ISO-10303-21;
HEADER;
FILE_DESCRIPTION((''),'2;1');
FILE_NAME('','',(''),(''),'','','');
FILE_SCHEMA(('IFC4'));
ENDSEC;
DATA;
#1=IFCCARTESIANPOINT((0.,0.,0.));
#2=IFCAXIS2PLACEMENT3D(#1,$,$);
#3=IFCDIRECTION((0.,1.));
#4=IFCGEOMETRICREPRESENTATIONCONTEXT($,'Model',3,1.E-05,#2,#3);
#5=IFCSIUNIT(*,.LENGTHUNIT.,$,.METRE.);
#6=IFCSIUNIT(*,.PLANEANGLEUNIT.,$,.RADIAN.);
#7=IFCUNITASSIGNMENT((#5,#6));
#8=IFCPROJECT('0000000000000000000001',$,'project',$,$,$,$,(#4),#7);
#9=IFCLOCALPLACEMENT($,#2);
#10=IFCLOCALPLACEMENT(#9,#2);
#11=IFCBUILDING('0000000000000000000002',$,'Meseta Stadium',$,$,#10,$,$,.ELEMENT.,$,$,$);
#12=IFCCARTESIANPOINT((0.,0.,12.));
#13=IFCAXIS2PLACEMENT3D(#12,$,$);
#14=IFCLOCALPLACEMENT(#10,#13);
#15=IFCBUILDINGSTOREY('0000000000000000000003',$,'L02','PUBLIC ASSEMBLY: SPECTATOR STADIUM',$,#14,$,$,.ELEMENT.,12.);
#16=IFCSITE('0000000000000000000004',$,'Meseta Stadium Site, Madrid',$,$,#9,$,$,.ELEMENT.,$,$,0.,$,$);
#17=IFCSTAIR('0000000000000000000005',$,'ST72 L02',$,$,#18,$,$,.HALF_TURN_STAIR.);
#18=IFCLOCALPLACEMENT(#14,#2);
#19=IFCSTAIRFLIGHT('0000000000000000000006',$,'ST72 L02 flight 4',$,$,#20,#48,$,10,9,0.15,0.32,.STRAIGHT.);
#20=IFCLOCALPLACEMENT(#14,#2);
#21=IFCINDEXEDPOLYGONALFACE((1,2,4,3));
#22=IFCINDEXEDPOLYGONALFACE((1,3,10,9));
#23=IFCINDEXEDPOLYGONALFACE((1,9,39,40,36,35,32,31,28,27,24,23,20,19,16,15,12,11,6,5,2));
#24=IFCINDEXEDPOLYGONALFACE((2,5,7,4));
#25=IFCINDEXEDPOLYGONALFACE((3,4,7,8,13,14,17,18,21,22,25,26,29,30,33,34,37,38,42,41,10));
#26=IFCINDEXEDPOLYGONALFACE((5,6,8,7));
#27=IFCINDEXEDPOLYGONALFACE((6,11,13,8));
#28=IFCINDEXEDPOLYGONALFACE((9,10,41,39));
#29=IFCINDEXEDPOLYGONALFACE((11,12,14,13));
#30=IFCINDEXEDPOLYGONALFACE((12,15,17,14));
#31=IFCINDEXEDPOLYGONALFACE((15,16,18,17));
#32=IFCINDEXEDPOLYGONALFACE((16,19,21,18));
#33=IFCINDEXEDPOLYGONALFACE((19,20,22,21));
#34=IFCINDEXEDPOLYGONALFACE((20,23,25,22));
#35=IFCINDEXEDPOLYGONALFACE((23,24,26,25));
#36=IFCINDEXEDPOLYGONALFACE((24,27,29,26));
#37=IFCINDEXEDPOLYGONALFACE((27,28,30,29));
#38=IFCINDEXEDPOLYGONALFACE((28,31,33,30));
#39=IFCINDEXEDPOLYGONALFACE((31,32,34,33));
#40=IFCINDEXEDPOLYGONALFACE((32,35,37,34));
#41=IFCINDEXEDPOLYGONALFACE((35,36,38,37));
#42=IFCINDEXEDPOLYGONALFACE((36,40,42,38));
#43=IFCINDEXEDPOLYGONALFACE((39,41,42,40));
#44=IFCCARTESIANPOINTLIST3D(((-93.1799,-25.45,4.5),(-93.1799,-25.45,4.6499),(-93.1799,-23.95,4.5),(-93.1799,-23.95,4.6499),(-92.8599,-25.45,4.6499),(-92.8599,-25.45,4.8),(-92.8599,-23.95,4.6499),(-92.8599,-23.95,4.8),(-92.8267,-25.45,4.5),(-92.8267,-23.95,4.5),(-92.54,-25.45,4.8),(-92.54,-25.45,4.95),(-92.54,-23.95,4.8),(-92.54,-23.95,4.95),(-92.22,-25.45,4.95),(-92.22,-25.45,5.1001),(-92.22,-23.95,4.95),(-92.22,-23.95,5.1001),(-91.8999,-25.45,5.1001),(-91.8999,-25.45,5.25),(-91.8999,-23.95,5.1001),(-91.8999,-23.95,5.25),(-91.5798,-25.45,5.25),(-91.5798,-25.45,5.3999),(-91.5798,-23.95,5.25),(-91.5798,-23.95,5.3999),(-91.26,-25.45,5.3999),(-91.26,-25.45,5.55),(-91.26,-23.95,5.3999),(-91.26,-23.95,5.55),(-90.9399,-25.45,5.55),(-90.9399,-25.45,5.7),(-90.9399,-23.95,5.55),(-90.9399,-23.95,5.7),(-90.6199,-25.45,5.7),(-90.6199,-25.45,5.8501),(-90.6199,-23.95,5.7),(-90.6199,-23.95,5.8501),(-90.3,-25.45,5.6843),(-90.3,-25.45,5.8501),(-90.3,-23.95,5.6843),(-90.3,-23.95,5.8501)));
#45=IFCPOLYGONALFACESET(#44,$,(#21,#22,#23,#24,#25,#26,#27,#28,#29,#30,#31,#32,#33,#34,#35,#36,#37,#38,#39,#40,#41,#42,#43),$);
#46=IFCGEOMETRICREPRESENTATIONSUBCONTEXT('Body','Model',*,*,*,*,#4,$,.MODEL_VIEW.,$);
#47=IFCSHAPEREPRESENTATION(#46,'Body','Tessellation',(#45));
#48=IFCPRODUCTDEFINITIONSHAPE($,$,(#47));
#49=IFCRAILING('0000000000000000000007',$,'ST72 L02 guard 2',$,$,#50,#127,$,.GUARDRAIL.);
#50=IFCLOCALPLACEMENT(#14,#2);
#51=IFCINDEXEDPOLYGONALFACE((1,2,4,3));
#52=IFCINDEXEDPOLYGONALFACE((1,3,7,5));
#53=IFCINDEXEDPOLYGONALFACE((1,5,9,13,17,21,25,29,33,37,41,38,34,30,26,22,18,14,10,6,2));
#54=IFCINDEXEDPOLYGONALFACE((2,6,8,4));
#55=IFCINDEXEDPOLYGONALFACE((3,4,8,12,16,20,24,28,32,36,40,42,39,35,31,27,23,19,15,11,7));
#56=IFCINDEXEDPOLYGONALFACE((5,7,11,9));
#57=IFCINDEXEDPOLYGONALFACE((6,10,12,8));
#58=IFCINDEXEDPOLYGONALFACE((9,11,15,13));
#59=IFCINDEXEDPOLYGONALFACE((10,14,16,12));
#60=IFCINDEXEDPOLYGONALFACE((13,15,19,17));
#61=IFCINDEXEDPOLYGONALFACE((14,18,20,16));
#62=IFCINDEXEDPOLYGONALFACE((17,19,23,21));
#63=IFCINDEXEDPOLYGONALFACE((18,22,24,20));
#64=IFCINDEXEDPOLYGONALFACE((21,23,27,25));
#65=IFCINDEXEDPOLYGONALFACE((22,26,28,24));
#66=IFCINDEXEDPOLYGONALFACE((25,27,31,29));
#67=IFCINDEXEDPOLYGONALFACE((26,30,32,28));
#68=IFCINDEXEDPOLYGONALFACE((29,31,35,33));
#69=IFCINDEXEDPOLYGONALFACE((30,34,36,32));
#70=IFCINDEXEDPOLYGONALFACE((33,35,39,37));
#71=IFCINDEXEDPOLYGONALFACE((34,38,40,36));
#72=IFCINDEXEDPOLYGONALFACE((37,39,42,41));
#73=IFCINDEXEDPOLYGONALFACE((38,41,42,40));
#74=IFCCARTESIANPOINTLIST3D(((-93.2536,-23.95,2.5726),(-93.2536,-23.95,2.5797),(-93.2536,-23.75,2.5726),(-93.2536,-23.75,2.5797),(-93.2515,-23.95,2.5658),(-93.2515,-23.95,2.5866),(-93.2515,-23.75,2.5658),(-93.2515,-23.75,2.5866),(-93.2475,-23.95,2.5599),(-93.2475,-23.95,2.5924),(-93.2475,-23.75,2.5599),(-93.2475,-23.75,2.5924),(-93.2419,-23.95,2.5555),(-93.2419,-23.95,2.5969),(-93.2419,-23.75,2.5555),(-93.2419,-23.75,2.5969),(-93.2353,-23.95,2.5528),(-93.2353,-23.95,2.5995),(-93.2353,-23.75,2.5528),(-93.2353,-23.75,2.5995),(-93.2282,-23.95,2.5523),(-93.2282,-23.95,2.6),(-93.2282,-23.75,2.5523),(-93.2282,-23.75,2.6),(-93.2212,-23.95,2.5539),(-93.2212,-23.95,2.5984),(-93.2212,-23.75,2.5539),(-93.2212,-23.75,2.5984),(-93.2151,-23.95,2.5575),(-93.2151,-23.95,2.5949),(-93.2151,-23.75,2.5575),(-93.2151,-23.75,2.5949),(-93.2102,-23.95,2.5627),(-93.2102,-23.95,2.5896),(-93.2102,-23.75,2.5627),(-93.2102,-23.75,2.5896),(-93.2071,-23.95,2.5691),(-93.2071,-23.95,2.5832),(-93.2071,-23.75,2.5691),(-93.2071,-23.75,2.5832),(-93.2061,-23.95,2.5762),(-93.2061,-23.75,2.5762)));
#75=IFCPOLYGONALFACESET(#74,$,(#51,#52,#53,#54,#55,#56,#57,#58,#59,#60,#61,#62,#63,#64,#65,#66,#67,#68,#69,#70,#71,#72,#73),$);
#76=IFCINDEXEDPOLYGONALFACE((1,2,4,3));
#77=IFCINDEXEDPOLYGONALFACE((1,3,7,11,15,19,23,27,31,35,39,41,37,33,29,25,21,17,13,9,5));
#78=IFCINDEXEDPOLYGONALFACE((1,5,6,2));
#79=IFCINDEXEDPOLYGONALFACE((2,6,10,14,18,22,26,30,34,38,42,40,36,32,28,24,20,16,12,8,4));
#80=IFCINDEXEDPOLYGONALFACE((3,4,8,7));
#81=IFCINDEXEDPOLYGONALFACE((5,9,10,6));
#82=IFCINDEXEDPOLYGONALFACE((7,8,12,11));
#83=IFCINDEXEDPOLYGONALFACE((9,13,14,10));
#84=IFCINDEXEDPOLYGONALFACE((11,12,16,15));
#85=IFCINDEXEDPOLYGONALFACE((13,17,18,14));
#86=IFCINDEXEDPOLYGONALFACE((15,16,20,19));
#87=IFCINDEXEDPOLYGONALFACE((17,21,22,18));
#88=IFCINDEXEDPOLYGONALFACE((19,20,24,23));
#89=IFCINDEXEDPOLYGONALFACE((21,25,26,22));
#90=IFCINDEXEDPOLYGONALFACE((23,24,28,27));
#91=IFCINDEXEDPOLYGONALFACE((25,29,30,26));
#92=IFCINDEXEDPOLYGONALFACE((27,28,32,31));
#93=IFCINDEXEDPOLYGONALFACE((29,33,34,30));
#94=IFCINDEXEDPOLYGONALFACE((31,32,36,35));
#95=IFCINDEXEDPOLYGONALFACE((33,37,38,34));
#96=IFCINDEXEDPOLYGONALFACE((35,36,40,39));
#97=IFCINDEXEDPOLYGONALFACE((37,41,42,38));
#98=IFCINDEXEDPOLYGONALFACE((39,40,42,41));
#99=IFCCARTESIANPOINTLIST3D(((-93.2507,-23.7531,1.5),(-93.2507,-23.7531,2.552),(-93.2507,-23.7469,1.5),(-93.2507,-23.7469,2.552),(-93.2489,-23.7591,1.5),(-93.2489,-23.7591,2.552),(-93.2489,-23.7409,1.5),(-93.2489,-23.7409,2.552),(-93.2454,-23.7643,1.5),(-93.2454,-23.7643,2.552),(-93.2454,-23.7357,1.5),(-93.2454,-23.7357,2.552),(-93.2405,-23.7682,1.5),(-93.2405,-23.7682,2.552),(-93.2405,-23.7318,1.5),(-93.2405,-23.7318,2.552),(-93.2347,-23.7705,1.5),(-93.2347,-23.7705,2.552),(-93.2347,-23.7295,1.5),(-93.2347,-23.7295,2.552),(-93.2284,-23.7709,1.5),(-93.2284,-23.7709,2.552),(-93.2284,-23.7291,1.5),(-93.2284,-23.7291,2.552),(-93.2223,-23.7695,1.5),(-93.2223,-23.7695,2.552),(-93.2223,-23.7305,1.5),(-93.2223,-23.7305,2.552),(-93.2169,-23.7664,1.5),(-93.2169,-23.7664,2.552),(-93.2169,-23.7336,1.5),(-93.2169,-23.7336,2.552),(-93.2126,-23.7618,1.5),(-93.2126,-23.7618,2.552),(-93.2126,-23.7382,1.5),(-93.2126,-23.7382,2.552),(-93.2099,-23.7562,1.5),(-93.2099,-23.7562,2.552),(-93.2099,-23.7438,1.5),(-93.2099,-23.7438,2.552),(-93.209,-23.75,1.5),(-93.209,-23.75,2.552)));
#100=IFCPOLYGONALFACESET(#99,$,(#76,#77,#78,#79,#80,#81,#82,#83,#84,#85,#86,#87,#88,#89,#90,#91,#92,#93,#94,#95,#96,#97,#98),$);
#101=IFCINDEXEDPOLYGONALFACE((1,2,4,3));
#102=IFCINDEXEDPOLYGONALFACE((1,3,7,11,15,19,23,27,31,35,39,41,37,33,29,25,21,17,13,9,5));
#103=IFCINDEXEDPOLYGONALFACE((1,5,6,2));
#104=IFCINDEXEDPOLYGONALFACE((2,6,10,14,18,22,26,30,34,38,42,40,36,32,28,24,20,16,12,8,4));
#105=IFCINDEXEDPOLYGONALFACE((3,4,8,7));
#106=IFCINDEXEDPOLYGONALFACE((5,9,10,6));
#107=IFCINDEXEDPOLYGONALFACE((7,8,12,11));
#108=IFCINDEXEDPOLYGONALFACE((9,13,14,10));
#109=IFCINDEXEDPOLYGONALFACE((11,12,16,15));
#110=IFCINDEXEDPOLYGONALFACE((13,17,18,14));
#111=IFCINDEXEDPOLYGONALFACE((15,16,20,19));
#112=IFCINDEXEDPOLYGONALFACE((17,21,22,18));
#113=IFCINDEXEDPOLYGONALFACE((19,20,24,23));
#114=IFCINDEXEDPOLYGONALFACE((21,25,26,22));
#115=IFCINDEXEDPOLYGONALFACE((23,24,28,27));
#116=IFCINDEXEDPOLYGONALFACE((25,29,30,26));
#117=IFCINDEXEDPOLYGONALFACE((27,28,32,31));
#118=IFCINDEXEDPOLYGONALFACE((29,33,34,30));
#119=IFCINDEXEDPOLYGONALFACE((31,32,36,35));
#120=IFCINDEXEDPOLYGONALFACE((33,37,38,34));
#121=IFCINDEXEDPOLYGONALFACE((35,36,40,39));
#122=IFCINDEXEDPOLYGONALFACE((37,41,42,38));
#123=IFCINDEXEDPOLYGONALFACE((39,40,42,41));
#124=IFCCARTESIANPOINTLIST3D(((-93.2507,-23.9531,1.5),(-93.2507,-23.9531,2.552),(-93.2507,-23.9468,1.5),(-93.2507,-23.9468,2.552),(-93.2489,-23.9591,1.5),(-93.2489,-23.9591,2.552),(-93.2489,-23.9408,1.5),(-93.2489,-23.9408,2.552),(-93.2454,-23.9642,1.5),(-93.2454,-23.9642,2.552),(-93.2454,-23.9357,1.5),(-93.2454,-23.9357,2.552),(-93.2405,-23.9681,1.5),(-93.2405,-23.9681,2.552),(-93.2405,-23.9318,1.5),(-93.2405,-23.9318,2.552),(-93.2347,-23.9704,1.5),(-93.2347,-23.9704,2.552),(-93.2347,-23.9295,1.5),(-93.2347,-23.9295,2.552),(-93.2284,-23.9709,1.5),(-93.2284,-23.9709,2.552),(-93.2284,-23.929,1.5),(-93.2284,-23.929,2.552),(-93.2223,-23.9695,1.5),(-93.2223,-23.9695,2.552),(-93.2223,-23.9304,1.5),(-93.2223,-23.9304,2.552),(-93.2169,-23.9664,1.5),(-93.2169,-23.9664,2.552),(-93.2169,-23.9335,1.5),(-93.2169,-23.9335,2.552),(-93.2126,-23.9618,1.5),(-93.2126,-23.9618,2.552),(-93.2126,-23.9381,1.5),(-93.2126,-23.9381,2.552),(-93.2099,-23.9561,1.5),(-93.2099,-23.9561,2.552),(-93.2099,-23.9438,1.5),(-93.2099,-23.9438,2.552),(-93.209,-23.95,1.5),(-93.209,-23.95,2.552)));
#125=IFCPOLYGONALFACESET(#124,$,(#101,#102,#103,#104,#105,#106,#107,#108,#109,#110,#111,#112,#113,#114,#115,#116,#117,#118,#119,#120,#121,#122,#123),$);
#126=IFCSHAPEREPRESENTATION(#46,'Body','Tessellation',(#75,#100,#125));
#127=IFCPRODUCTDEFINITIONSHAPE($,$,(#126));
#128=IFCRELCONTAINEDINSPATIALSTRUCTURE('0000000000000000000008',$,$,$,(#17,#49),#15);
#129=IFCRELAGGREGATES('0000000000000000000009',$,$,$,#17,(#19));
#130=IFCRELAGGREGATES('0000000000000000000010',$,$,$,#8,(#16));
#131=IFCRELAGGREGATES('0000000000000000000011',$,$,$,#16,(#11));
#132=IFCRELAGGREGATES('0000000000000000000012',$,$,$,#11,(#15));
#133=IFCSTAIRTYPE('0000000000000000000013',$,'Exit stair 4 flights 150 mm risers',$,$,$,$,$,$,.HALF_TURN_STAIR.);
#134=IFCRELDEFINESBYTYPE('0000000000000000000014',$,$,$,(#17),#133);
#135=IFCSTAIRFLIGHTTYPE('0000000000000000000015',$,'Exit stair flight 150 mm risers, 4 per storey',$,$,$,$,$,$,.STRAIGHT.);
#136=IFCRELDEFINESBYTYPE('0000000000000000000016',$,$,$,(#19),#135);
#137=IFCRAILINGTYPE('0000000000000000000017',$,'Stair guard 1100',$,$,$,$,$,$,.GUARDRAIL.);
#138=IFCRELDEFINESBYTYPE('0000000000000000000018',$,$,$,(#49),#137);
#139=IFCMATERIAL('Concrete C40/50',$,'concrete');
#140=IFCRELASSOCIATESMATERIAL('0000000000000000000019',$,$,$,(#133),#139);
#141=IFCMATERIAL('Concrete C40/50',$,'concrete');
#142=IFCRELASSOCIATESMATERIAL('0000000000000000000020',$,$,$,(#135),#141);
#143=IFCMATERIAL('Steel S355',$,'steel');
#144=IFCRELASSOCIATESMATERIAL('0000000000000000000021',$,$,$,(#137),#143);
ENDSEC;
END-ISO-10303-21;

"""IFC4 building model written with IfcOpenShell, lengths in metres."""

from ifc_helpers import new_model, si_unit, direction, frame, origin, origin_2d, place, context, subcontext, project, spatial, polyline, circle, outline, extrude, material, type_object, element, aggregate, save


model = new_model("IFC4")

# Units and contexts
model_context = context("Model", 3, precision=1e-05, world=origin(), true_north=direction((0.0, 1.0)))
body_context = subcontext(model_context, "Body", "Model", "MODEL_VIEW")
ifc_project = project(units=[si_unit("LENGTHUNIT", "METRE"), si_unit("PLANEANGLEUNIT", "RADIAN")], contexts=[model_context])

# Site, building, storey
site_placement = place(None, origin())
site = spatial("IfcSite", under=ifc_project, at=site_placement, Name="Meseta Stadium Site, Madrid", CompositionType="ELEMENT", RefElevation=0.0)
building_placement = place(site_placement, origin())
building = spatial("IfcBuilding", under=site, at=building_placement, Name="Meseta Stadium", CompositionType="ELEMENT")
storey_placement = place(building_placement, frame((0.0, 0.0, 12.0)))
storey = spatial("IfcBuildingStorey", under=building, at=storey_placement, Name="L02", Description="PUBLIC ASSEMBLY: SPECTATOR STADIUM", CompositionType="ELEMENT", Elevation=12.0)

# Stair, stair flight
ifc_material_1 = material(Name="Concrete C40/50", Category="concrete")
stair_type = type_object("IfcStairType", Name="Exit stair 4 flights 150 mm risers", PredefinedType="HALF_TURN_STAIR", material=ifc_material_1)
stair_placement = place(storey_placement, origin())
stair = element("IfcStair", 1, at=stair_placement, inside=storey, type_object=stair_type, Name="ST72 L02", PredefinedType="HALF_TURN_STAIR")
ifc_material_2 = material(Name="Concrete C40/50", Category="concrete")
stair_flight_type = type_object("IfcStairFlightType", Name="Exit stair flight 150 mm risers, 4 per storey", PredefinedType="STRAIGHT", material=ifc_material_2)
stair_flight_1_placement = place(storey_placement, frame((-93.1799, -24.7, 4.5), z_axis=(0.0, 0.0, 1.0), x_axis=(1.0, 0.0, 0.0)))
stair_flight_1 = element("IfcStairFlight", 2, at=stair_flight_1_placement, type_object=stair_flight_type, Name="ST72 L02 flight 4", NumberOfRisers=10, NumberOfTreads=9, PredefinedType="STRAIGHT", RiserHeight=0.15, TreadLength=0.32, context=body_context, shape_type="SweptSolid", body=[
    extrude(outline(polyline([(0.0, 0.0), (0.0, 0.1499), (0.3201, 0.1499), (0.3201, 0.3), (0.6399, 0.3), (0.6399, 0.45), (0.96, 0.45), (0.96, 0.6001), (1.28, 0.6001), (1.28, 0.75), (1.6001, 0.75), (1.6001, 0.8999), (1.9199, 0.8999), (1.9199, 1.05), (2.24, 1.05), (2.24, 1.2), (2.5601, 1.2), (2.5601, 1.3501), (2.8799, 1.3501), (2.8799, 1.1843), (0.3533, 0.0), (0.0, 0.0)])), frame((0.0, 0.75, 0.0), z_axis=(0.0, -1.0, 0.0), x_axis=(1.0, 0.0, 0.0)), (0.0, 0.0, 1.0), 1.5),
])
aggregate(stair, [stair_flight_1])

# Railing
ifc_material_3 = material(Name="Steel S355", Category="steel")
railing_type_1 = type_object("IfcRailingType", Name="Stair guard 1100", PredefinedType="GUARDRAIL", material=ifc_material_3)
railing_1_placement = place(storey_placement, frame((-93.23, -23.75, 1.5)))
element("IfcRailing", 3, at=railing_1_placement, inside=storey, type_object=railing_type_1, Name="ST72 L02 guard 2", PredefinedType="GUARDRAIL", context=body_context, shape_type="SweptSolid", body=[
    extrude(circle(Radius=0.0239, at=origin_2d()), frame((0.0, 0.0, 1.0762), z_axis=(0.0, -1.0, 0.0), x_axis=(1.0, 0.0, 0.0)), (0.0, 0.0, 1.0), 0.2),
    extrude(circle(Radius=0.021, at=origin_2d()), origin(), (0.0, 0.0, 1.0), 1.052),
    extrude(circle(Radius=0.021, at=origin_2d()), frame((0.0, -0.2, 0.0)), (0.0, 0.0, 1.0), 1.052),
])

save(model, "model.ifc")
